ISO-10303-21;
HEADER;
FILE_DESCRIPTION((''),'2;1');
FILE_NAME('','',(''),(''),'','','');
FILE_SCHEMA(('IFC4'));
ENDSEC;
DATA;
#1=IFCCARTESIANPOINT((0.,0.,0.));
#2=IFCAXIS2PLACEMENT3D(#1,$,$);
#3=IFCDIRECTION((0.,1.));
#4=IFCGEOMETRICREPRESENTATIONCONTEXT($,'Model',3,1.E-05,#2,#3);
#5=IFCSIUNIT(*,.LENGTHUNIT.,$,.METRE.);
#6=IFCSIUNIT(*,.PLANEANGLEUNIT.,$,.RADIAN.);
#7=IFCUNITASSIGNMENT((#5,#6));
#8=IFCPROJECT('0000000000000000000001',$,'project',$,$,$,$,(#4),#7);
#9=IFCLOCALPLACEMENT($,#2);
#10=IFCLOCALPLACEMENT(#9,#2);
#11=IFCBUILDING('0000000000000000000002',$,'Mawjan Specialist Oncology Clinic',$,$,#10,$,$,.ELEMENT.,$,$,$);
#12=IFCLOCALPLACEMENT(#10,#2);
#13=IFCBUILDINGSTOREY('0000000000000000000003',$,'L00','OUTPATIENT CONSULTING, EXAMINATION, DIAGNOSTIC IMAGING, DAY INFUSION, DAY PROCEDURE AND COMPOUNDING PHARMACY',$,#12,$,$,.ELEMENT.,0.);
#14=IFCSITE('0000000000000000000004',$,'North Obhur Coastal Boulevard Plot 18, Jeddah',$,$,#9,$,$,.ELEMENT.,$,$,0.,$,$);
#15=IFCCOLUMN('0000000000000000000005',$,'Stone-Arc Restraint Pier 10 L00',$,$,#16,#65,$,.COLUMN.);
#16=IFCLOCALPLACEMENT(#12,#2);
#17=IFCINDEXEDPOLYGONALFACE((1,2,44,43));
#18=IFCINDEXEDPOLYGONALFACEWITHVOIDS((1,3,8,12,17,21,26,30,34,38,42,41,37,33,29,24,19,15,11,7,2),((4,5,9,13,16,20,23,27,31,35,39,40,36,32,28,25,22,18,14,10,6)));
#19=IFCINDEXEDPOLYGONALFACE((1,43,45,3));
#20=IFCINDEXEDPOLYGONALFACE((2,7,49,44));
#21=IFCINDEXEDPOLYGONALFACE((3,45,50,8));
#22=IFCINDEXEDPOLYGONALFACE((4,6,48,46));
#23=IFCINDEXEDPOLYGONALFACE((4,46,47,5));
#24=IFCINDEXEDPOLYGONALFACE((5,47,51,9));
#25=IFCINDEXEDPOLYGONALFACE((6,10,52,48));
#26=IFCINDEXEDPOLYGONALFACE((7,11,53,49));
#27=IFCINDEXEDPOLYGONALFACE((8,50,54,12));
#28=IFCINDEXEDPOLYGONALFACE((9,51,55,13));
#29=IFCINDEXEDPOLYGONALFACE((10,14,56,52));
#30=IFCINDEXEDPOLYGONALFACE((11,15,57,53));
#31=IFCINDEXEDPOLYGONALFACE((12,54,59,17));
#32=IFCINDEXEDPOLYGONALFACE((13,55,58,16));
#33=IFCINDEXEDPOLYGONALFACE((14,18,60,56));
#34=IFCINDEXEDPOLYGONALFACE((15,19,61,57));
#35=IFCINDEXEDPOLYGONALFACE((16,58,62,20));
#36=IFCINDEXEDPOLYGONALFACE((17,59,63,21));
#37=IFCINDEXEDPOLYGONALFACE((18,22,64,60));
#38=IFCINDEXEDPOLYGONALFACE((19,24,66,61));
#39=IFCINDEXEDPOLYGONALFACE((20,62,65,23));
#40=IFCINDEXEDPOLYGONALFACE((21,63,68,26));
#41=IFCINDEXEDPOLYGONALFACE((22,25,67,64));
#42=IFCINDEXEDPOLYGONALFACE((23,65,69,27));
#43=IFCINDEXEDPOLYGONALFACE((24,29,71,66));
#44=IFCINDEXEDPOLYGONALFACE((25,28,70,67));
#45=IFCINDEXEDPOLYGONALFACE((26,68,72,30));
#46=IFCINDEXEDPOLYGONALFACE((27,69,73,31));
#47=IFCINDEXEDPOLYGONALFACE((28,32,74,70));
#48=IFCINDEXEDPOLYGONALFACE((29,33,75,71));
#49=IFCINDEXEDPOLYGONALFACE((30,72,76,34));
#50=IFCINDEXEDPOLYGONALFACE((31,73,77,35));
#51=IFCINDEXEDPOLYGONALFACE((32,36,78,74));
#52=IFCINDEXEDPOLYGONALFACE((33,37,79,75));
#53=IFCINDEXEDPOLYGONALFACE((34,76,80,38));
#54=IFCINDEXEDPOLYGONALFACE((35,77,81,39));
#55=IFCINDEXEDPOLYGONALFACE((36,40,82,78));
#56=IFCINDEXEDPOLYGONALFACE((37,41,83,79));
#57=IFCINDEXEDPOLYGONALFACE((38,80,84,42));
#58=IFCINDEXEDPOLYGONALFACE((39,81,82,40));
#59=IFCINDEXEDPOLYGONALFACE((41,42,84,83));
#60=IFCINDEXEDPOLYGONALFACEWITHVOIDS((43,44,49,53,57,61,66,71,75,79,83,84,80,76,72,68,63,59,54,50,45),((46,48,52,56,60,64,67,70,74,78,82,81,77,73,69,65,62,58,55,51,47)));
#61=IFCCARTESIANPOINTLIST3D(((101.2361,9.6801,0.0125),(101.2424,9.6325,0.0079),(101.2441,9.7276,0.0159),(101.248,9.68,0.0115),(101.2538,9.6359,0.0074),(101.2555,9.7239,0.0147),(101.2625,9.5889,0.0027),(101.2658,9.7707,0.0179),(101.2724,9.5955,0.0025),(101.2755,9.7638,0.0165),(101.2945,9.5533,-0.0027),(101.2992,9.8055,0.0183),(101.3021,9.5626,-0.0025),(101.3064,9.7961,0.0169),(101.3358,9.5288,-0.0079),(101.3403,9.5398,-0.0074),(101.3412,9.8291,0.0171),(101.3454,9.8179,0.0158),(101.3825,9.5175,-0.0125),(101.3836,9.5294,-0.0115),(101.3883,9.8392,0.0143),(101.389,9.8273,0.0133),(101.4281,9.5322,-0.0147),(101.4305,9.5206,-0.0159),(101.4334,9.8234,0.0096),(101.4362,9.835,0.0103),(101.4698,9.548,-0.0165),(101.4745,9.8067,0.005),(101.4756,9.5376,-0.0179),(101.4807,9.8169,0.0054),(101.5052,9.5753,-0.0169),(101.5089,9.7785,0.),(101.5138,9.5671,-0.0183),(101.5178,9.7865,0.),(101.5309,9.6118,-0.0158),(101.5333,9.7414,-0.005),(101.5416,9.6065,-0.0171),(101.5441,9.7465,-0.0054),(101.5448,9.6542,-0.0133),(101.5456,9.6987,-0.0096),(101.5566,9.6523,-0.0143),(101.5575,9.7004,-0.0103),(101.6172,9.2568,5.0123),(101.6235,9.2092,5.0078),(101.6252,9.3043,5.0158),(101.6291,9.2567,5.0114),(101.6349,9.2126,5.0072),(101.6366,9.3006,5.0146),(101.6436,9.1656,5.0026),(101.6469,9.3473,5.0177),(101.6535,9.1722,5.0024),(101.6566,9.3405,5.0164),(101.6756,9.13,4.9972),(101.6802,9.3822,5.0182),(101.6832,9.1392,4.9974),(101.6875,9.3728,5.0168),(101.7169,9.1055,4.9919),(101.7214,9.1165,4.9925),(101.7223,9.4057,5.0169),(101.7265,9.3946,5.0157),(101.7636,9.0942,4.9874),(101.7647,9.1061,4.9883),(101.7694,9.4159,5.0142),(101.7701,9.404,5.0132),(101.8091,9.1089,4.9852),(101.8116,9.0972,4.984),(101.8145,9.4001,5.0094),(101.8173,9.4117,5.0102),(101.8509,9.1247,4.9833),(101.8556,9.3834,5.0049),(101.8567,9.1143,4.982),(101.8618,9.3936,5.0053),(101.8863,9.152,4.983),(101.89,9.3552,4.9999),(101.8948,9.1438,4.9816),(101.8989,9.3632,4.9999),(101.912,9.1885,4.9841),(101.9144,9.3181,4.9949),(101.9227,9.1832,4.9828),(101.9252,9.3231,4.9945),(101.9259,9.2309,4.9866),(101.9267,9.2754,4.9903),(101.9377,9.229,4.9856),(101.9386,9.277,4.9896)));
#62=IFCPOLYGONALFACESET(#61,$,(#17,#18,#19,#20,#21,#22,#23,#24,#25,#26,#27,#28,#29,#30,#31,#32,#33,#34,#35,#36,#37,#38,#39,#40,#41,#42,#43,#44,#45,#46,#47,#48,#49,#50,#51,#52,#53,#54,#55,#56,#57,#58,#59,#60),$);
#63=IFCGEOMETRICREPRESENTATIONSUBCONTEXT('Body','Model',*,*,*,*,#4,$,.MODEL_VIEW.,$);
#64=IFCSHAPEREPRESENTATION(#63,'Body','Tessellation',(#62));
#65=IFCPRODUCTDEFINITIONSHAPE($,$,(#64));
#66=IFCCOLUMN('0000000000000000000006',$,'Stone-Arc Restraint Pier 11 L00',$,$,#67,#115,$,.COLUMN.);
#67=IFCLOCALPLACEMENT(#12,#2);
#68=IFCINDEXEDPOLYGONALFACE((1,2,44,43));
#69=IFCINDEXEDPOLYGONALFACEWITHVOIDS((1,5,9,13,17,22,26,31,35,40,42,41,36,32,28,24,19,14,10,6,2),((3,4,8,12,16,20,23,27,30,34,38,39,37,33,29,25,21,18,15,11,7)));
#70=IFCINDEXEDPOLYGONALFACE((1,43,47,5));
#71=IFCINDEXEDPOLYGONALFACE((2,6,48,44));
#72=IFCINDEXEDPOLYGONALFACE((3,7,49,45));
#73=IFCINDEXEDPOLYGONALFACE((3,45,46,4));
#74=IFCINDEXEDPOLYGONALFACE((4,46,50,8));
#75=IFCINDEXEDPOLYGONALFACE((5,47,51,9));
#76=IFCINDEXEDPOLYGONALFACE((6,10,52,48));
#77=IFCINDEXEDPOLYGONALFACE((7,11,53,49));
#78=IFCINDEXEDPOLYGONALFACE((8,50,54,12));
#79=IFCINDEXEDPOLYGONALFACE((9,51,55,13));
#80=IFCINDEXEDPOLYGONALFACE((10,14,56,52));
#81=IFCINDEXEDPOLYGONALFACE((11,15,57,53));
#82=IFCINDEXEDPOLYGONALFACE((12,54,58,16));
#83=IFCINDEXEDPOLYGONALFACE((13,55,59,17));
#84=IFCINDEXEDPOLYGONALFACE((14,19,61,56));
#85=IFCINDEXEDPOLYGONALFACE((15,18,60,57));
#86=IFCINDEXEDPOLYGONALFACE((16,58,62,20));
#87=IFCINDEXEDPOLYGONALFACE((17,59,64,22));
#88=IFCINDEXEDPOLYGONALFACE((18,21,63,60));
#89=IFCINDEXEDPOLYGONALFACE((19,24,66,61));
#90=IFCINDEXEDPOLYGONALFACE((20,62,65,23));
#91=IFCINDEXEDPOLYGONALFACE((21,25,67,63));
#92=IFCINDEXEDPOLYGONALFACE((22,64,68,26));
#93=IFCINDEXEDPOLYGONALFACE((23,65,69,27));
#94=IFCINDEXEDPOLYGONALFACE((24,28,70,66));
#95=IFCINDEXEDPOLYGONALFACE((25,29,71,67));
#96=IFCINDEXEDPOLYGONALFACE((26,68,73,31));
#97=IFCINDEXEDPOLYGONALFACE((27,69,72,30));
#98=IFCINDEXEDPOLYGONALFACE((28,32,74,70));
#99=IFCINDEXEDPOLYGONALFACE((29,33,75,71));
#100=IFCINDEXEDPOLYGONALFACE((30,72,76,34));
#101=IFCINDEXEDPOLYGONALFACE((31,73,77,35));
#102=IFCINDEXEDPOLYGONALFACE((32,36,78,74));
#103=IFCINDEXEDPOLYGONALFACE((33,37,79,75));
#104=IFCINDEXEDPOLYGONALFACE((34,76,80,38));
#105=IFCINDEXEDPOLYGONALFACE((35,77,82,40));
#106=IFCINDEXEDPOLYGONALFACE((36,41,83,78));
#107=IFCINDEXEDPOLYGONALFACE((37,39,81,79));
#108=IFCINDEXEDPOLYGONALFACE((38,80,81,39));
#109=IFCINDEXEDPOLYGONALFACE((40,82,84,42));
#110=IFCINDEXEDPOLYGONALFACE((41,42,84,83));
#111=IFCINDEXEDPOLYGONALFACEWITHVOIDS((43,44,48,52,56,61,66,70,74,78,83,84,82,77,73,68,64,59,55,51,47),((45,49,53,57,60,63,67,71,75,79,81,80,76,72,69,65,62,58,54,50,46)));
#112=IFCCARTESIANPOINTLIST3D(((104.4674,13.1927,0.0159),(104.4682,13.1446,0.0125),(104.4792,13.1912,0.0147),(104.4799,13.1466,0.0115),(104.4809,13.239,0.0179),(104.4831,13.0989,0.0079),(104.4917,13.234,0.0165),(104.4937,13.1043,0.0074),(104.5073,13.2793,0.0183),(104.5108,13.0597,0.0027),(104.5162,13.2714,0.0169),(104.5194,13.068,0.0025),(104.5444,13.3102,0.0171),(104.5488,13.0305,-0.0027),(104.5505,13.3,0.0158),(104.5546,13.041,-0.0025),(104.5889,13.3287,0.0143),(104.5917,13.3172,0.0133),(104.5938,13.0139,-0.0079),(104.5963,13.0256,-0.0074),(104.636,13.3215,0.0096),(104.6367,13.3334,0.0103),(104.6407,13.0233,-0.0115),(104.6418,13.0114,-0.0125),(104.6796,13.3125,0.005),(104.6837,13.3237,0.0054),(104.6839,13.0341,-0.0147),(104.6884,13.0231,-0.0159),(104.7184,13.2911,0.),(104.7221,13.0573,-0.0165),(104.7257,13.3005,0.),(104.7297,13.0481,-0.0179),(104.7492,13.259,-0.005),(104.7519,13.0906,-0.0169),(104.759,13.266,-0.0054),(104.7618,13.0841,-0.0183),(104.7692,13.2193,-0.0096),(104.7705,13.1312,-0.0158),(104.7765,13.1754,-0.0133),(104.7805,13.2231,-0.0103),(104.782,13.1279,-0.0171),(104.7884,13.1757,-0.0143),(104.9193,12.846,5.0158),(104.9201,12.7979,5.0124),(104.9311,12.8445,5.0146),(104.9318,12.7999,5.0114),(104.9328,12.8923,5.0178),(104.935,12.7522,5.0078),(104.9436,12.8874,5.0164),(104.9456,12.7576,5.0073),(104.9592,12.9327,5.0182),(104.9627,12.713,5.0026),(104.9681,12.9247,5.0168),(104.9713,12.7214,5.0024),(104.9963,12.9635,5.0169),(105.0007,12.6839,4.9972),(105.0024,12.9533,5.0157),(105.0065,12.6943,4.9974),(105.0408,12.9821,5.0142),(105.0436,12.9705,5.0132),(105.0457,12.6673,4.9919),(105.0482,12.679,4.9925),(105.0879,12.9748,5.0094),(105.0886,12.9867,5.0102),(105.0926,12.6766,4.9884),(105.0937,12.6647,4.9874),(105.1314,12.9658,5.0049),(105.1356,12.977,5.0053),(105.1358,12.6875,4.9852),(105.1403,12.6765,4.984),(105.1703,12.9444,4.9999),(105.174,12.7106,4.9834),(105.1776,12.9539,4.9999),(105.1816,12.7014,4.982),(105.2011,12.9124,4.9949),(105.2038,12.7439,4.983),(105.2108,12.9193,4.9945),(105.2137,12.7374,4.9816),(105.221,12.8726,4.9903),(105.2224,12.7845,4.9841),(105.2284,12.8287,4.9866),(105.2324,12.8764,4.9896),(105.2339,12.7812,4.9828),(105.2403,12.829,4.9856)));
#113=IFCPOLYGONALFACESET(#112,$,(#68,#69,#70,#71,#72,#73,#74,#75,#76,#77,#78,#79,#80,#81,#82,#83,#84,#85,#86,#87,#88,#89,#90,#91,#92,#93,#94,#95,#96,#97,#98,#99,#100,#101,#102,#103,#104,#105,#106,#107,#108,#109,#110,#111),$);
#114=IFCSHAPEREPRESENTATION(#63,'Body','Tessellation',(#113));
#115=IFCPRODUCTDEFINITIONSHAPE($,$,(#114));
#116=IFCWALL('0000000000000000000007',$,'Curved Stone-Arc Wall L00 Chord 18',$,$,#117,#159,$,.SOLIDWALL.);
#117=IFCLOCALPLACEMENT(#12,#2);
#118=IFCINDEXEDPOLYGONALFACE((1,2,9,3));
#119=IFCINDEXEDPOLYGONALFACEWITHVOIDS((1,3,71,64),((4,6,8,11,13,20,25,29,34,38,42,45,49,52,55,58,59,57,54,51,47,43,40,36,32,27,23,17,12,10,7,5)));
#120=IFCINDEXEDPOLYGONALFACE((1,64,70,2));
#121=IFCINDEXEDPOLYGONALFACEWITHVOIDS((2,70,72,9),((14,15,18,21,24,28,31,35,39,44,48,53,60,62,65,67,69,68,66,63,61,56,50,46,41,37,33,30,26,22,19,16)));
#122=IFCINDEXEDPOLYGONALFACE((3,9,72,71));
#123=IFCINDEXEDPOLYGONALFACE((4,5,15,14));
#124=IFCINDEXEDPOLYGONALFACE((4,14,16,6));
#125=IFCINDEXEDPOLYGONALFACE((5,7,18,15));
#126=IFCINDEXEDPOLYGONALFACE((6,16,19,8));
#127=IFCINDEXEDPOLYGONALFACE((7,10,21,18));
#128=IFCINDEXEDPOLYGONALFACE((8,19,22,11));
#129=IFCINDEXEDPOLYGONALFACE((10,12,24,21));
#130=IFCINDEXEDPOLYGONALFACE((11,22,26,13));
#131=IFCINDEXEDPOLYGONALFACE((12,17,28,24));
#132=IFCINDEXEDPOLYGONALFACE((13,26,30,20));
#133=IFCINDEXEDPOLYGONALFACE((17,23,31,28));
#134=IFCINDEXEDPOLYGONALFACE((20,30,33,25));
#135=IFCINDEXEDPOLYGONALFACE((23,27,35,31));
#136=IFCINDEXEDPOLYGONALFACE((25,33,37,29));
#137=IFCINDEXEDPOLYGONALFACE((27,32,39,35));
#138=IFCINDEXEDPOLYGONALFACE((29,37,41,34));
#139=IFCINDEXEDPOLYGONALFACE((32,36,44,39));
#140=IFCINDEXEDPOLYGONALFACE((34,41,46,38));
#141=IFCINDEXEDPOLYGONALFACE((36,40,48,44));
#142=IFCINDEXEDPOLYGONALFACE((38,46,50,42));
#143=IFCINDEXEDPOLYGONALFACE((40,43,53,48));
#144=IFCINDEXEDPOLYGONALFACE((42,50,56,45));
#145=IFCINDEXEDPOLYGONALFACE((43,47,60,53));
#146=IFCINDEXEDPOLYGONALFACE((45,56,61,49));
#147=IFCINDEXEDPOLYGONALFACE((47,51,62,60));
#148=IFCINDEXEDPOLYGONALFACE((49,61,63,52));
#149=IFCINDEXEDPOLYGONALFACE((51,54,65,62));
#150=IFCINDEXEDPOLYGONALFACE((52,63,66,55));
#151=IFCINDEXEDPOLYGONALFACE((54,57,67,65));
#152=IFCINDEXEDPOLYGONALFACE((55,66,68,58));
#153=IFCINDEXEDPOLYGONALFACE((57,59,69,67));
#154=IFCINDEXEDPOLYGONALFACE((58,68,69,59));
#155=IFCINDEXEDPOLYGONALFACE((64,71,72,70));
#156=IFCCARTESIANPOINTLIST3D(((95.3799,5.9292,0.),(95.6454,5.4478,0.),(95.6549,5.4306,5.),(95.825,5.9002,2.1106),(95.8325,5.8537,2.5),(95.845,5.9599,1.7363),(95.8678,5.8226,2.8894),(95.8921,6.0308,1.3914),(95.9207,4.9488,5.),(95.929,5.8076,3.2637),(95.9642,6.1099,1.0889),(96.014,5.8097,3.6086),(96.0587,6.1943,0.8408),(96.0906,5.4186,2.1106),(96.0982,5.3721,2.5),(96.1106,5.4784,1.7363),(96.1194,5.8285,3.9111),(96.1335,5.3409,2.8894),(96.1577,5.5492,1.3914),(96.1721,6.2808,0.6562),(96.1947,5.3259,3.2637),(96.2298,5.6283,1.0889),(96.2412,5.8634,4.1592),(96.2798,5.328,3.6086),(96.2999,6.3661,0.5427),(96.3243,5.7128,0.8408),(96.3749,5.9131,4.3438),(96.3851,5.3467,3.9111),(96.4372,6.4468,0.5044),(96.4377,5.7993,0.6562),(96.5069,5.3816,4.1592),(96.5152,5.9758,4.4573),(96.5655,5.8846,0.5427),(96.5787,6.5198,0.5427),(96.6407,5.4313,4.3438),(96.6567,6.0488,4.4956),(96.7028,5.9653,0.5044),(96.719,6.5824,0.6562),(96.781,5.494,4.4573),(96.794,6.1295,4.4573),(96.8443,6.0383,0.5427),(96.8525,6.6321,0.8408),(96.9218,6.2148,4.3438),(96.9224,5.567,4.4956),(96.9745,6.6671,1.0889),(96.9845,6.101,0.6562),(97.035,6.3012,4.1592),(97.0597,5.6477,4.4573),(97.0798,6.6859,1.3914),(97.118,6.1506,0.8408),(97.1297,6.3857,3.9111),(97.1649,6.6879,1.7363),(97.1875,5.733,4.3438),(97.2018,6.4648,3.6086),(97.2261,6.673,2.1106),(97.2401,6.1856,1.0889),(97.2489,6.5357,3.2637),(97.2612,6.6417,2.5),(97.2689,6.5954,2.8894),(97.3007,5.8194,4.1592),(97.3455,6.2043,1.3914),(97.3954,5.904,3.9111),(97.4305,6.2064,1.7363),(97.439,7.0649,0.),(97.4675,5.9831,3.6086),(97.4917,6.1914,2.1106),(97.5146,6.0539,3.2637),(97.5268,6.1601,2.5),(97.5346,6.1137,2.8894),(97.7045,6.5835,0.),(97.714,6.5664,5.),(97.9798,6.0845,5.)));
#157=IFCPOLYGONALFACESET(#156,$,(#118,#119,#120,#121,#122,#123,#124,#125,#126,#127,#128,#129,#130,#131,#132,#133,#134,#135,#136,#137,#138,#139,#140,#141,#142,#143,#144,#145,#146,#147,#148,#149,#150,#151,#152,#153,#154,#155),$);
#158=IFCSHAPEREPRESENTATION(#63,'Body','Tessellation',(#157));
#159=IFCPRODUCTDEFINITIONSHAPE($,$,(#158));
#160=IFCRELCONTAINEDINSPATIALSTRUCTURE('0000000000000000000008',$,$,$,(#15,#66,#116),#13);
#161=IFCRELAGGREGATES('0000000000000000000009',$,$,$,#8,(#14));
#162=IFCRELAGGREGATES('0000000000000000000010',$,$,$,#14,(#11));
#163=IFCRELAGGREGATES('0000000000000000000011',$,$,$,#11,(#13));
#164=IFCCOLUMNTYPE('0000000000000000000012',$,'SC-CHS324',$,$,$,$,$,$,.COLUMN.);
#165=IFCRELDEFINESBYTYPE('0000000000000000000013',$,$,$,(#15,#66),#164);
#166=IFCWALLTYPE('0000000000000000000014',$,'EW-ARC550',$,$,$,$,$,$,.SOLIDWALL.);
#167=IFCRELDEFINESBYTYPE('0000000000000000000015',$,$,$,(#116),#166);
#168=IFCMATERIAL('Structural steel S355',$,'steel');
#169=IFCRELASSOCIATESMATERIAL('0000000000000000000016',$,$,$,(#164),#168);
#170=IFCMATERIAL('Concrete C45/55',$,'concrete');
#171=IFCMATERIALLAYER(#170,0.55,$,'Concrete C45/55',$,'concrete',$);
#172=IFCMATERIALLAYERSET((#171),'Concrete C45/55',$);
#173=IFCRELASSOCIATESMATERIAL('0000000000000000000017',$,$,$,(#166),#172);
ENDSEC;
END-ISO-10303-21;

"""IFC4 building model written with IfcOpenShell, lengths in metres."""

from ifc_helpers import new_model, si_unit, direction, frame, origin, origin_2d, place, context, subcontext, project, spatial, polyline, hollow_circle, outline, extrude, material, layer, layer_set, material_profile, profile_set, type_object, element, save


model = new_model("IFC4")

# Units and contexts
model_context = context("Model", 3, precision=1e-05, world=origin(), true_north=direction((0.0, 1.0)))
body_context = subcontext(model_context, "Body", "Model", "MODEL_VIEW")
ifc_project = project(units=[si_unit("LENGTHUNIT", "METRE"), si_unit("PLANEANGLEUNIT", "RADIAN")], contexts=[model_context])

# Site, building, storey
site_placement = place(None, origin())
site = spatial("IfcSite", under=ifc_project, at=site_placement, Name="North Obhur Coastal Boulevard Plot 18, Jeddah", CompositionType="ELEMENT", RefElevation=0.0)
building_placement = place(site_placement, origin())
building = spatial("IfcBuilding", under=site, at=building_placement, Name="Mawjan Specialist Oncology Clinic", CompositionType="ELEMENT")
storey_placement = place(building_placement, origin())
storey = spatial("IfcBuildingStorey", under=building, at=storey_placement, Name="L00", Description="OUTPATIENT CONSULTING, EXAMINATION, DIAGNOSTIC IMAGING, DAY INFUSION, DAY PROCEDURE AND COMPOUNDING PHARMACY", CompositionType="ELEMENT", Elevation=0.0)

# Columns
ifc_material_1 = material(Name="Structural steel S355", Category="steel")
ifc_material_profile_1 = material_profile(ifc_material_1, hollow_circle(Radius=0.1619, WallThickness=0.012, at=origin_2d()), Name="CHS 323.9x12", Category="steel")
ifc_profile_set_1 = profile_set([ifc_material_profile_1], Name="Structural steel S355")
column_type = type_object("IfcColumnType", Name="SC-CHS324", PredefinedType="COLUMN", material=ifc_profile_set_1)
for number, where, z_axis, x_axis, name in (
    (1, (101.3975, 9.6782, 0.0), (0.075731, -0.084124, 0.993573), (0.743209, 0.669059, 0.0), "Stone-Arc Restraint Pier 10 L00"),
    (2, (104.6272, 13.1721, 0.0), (0.0898, -0.06889, 0.993574), (0.608674, 0.79342, 0.0), "Stone-Arc Restraint Pier 11 L00"),
):
    element("IfcColumn", number, at=place(storey_placement, frame(where, z_axis=z_axis, x_axis=x_axis)), inside=storey, type_object=column_type, Name=name, PredefinedType="COLUMN", context=body_context, shape_type="SweptSolid", body=[
        extrude(hollow_circle(Radius=0.1619, WallThickness=0.012, at=origin_2d()), origin(), (0.0, 0.0, 1.0), 5.0322),
    ])

# Wall, opening
ifc_material_2 = material(Name="Concrete C45/55", Category="concrete")
ifc_layer = layer(ifc_material_2, 0.55, Name="Concrete C45/55", Category="concrete")
ifc_layer_set = layer_set([ifc_layer], Name="Concrete C45/55")
wall_type = type_object("IfcWallType", Name="EW-ARC550", PredefinedType="SOLIDWALL", material=ifc_layer_set)
wall_1_placement = place(storey_placement, frame((97.5718, 6.8242, 0.0), z_axis=(0.0, 0.0, 1.0), x_axis=(-0.875632, -0.482979, 0.0)))
wall_1 = element("IfcWall", 3, at=wall_1_placement, inside=storey, type_object=wall_type, Name="Curved Stone-Arc Wall L00 Chord 18", PredefinedType="SOLIDWALL", context=body_context, shape_type="SweptSolid", body=[
    extrude(outline(polyline([(-0.2749, 0.0), (0.2749, 0.0), (0.8447, 5.0), (0.2944, 5.0), (-0.2749, 0.0)])), frame((0.0, 0.0, 0.0), z_axis=(1.0, 0.0, 0.0), x_axis=(0.0, 1.0, 0.0)), (0.0, 0.0, 1.0), 2.3516),
])
opening_1_placement = place(wall_1_placement, origin())
element("IfcOpeningElement", 4, at=opening_1_placement, cuts=wall_1, PredefinedType="OPENING", context=body_context, shape_type="SweptSolid", body=[
    extrude(outline(polyline([(1.9917, 2.5), (1.9758, 2.8894), (1.9294, 3.2637), (1.854, 3.6086), (1.7527, 3.9111), (1.6292, 4.1592), (1.488, 4.3438), (1.335, 4.4573), (1.1758, 4.4956), (1.0166, 4.4573), (0.8635, 4.3438), (0.7227, 4.1592), (0.5989, 3.9111), (0.4976, 3.6086), (0.4221, 3.2637), (0.3757, 2.8894), (0.3601, 2.5), (0.3757, 2.1106), (0.4221, 1.7363), (0.4976, 1.3914), (0.5989, 1.0889), (0.7227, 0.8408), (0.8635, 0.6562), (1.0166, 0.5427), (1.1758, 0.5044), (1.335, 0.5427), (1.488, 0.6562), (1.6292, 0.8408), (1.7527, 1.0889), (1.854, 1.3914), (1.9294, 1.7363), (1.9758, 2.1106), (1.9917, 2.5)])), frame((0.0, 0.8645, 0.0), z_axis=(0.0, -1.0, 0.0), x_axis=(1.0, 0.0, 0.0)), (0.0, 0.0, 1.0), 1.1597),
])

save(model, "model.ifc")
